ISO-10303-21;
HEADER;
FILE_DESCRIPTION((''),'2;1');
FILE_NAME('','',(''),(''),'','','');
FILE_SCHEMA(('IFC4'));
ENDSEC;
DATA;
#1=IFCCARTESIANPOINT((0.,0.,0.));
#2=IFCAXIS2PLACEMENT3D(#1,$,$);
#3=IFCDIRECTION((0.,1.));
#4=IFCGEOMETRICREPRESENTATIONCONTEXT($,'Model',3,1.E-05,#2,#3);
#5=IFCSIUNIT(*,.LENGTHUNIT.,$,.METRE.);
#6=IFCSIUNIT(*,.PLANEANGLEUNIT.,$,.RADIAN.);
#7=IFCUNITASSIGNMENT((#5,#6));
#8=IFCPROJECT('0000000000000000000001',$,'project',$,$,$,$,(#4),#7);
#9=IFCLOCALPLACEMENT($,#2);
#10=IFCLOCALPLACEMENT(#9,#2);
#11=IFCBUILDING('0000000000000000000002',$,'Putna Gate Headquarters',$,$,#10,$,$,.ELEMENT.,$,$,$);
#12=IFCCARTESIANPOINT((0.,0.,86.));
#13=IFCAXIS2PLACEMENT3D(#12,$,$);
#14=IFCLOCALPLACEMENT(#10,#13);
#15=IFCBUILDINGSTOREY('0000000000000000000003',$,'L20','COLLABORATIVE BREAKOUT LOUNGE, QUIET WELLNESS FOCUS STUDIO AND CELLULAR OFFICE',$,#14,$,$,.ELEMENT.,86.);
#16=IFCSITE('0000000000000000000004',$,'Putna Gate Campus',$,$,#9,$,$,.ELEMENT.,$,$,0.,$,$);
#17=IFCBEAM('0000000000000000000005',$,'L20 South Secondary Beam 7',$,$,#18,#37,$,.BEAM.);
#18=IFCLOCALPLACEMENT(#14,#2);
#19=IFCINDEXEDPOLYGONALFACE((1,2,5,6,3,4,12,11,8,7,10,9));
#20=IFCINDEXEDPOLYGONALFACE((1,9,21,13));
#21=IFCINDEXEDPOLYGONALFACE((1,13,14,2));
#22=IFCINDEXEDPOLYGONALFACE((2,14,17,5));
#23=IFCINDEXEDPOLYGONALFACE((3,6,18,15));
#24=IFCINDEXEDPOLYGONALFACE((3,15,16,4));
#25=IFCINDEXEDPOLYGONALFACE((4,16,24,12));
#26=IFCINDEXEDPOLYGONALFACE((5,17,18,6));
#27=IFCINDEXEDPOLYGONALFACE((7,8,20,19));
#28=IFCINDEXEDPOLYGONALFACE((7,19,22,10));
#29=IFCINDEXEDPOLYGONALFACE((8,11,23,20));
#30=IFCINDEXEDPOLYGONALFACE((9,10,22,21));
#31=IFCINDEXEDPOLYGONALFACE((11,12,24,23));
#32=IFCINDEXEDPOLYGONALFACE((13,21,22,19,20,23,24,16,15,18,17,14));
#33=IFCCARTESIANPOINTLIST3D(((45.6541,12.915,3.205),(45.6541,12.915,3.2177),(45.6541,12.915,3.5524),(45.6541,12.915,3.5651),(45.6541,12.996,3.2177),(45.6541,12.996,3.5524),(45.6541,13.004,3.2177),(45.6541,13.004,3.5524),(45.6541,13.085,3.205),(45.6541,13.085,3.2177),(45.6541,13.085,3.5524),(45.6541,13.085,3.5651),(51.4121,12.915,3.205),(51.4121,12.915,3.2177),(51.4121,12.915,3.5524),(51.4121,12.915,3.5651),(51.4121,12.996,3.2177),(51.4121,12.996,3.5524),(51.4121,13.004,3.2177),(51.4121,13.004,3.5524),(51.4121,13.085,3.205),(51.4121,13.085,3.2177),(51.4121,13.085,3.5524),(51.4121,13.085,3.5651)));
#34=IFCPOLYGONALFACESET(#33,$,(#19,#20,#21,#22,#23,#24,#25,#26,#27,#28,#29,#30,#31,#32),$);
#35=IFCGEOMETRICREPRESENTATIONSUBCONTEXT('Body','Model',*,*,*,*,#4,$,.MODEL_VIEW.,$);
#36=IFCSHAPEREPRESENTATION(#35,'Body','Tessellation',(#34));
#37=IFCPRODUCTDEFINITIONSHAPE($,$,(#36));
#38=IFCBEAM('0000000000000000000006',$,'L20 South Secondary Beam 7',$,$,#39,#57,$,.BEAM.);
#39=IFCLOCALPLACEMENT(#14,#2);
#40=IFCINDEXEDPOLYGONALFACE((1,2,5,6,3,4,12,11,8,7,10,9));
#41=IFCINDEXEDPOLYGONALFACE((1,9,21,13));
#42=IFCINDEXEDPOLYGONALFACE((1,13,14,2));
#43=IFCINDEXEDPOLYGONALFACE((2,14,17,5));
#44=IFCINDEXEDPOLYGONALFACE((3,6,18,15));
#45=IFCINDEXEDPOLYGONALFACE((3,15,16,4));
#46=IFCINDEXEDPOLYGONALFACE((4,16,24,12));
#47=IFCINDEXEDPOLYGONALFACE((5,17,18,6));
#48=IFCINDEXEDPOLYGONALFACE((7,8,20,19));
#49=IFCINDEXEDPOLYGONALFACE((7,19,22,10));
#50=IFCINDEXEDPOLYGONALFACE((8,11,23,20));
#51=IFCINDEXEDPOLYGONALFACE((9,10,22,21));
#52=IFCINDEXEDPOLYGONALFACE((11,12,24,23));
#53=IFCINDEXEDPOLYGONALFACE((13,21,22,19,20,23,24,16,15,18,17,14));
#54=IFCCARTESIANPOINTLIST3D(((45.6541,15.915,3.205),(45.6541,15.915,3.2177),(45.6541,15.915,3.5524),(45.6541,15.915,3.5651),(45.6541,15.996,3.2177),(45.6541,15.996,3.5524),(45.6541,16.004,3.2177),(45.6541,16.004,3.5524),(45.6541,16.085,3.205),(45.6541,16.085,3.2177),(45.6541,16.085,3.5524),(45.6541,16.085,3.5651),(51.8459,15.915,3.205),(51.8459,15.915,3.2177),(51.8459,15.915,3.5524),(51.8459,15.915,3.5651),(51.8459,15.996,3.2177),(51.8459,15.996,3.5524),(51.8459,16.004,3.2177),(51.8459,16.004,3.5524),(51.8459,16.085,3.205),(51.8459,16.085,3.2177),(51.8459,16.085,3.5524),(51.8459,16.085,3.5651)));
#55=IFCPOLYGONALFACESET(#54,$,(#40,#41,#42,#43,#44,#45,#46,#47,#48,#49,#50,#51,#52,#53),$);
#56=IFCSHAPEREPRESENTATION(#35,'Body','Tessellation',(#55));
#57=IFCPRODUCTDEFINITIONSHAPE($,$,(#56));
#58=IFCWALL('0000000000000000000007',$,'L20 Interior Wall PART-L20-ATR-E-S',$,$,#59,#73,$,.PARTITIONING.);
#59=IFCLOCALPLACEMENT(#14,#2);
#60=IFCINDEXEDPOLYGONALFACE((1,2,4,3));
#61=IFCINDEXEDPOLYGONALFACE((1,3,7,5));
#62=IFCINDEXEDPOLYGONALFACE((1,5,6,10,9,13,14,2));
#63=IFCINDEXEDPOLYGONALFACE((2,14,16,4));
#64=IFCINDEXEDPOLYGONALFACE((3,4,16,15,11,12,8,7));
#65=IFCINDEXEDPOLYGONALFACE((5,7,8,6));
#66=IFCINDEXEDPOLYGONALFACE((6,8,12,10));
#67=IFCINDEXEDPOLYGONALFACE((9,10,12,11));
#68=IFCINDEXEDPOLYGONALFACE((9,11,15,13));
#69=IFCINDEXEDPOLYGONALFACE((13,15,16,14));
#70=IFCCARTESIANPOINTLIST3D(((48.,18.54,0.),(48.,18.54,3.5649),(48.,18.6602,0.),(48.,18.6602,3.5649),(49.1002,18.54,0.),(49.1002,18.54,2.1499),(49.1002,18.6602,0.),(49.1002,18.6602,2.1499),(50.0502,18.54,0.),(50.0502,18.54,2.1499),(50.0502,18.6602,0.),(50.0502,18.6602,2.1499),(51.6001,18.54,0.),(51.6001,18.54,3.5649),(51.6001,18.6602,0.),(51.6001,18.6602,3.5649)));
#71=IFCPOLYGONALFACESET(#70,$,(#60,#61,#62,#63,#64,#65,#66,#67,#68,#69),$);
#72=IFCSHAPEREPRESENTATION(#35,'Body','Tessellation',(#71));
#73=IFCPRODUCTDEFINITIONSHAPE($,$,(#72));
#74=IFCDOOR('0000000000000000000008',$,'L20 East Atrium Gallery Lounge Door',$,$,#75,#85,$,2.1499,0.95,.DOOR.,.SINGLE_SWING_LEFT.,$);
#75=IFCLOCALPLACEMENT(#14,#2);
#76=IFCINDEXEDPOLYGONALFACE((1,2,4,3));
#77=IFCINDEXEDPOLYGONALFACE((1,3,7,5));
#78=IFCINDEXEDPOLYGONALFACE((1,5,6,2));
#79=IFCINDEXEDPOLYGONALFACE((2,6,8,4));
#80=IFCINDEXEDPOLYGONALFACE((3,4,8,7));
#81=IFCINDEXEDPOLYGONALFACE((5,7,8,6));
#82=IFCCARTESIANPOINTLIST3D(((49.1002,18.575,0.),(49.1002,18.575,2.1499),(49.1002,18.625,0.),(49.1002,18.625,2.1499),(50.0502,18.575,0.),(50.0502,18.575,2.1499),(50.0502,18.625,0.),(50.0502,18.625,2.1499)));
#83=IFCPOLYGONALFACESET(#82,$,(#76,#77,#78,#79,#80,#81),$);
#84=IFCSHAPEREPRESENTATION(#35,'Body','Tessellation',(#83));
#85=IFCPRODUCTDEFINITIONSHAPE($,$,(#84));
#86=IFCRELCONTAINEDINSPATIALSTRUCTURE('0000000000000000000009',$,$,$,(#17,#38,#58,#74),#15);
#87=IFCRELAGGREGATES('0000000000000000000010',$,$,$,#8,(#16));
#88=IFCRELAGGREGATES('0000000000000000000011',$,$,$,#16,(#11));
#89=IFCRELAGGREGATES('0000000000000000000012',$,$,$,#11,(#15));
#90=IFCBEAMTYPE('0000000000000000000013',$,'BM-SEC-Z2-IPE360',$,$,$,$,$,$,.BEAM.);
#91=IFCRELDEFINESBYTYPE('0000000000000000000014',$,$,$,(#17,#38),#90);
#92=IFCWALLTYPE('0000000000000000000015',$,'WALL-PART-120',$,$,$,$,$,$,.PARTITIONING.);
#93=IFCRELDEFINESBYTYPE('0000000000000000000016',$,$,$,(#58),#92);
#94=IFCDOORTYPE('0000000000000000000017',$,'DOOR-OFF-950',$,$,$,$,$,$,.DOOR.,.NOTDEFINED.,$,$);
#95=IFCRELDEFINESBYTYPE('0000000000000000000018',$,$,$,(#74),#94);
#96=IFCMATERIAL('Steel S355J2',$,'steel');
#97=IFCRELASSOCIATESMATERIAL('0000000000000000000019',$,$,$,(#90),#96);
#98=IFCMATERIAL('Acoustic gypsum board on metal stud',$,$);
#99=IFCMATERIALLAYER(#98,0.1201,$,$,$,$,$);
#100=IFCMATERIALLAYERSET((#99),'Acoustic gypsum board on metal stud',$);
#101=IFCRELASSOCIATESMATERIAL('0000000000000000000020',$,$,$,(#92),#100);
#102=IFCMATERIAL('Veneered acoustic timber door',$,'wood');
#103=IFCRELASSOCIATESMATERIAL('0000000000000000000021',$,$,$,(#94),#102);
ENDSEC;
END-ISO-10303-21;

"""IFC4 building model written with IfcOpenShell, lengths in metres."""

from ifc_helpers import new_model, si_unit, direction, frame, frame_2d, origin, origin_2d, place, context, subcontext, project, spatial, rectangle, i_section, extrude, material, layer, layer_set, material_profile, profile_set, type_object, element, fill, save


model = new_model("IFC4")

# Units and contexts
model_context = context("Model", 3, precision=1e-05, world=origin(), true_north=direction((0.0, 1.0)))
body_context = subcontext(model_context, "Body", "Model", "MODEL_VIEW")
ifc_project = project(units=[si_unit("LENGTHUNIT", "METRE"), si_unit("PLANEANGLEUNIT", "RADIAN")], contexts=[model_context])

# Site, building, storey
site_placement = place(None, origin())
site = spatial("IfcSite", under=ifc_project, at=site_placement, Name="Putna Gate Campus", CompositionType="ELEMENT", RefElevation=0.0)
building_placement = place(site_placement, origin())
building = spatial("IfcBuilding", under=site, at=building_placement, Name="Putna Gate Headquarters", CompositionType="ELEMENT")
storey_placement = place(building_placement, frame((0.0, 0.0, 86.0)))
storey = spatial("IfcBuildingStorey", under=building, at=storey_placement, Name="L20", Description="COLLABORATIVE BREAKOUT LOUNGE, QUIET WELLNESS FOCUS STUDIO AND CELLULAR OFFICE", CompositionType="ELEMENT", Elevation=86.0)

# Beams
ifc_material_1 = material(Name="Steel S355J2", Category="steel")
ifc_material_profile_1 = material_profile(ifc_material_1, i_section(OverallWidth=0.1699, OverallDepth=0.3601, WebThickness=0.0081, FlangeThickness=0.0127, at=origin_2d()), Name="Steel S355J2")
ifc_profile_set_1 = profile_set([ifc_material_profile_1], Name="Steel S355J2")
beam_type_1 = type_object("IfcBeamType", Name="BM-SEC-Z2-IPE360", PredefinedType="BEAM", material=ifc_profile_set_1)
beam_1_placement = place(storey_placement, frame((45.6541, 13.0, 3.385), z_axis=(1.0, 0.0, 0.0), x_axis=(0.0, 1.0, 0.0)))
element("IfcBeam", 1, at=beam_1_placement, inside=storey, type_object=beam_type_1, Name="L20 South Secondary Beam 7", PredefinedType="BEAM", context=body_context, shape_type="SweptSolid", body=[
    extrude(i_section(OverallWidth=0.1699, OverallDepth=0.3601, WebThickness=0.0081, FlangeThickness=0.0127, at=origin_2d()), origin(), (0.0, 0.0, 1.0), 5.7581),
])
beam_2_placement = place(storey_placement, frame((45.6541, 16.0, 3.385), z_axis=(1.0, 0.0, 0.0), x_axis=(0.0, 1.0, 0.0)))
element("IfcBeam", 2, at=beam_2_placement, inside=storey, type_object=beam_type_1, Name="L20 South Secondary Beam 7", PredefinedType="BEAM", context=body_context, shape_type="SweptSolid", body=[
    extrude(i_section(OverallWidth=0.1699, OverallDepth=0.3601, WebThickness=0.0081, FlangeThickness=0.0127, at=origin_2d()), origin(), (0.0, 0.0, 1.0), 6.1919),
])

# Wall, opening, door
ifc_material_2 = material(Name="Acoustic gypsum board on metal stud")
ifc_layer = layer(ifc_material_2, 0.1201)
ifc_layer_set = layer_set([ifc_layer], Name="Acoustic gypsum board on metal stud")
wall_type = type_object("IfcWallType", Name="WALL-PART-120", PredefinedType="PARTITIONING", material=ifc_layer_set)
wall_placement = place(storey_placement, frame((48.0, 18.6001, 0.0), z_axis=(0.0, 0.0, 1.0), x_axis=(1.0, 0.0, 0.0)))
wall = element("IfcWall", 3, at=wall_placement, inside=storey, type_object=wall_type, Name="L20 Interior Wall PART-L20-ATR-E-S", PredefinedType="PARTITIONING", context=body_context, shape_type="SweptSolid", body=[
    extrude(rectangle(XDim=3.6001, YDim=0.1201, at=frame_2d((1.8, 0.0))), origin(), (0.0, 0.0, 1.0), 3.5649),
])
opening_placement = place(wall_placement, frame((1.1001, 0.0, 0.0)))
opening = element("IfcOpeningElement", 4, at=opening_placement, cuts=wall, PredefinedType="OPENING", context=body_context, shape_type="SweptSolid", body=[
    extrude(rectangle(XDim=0.95, YDim=2.1499, at=frame_2d((0.4751, 1.075))), frame((0.0, 0.0701, 0.0), z_axis=(0.0, -1.0, 0.0), x_axis=(1.0, 0.0, 0.0)), (0.0, 0.0, 1.0), 0.1401),
])
ifc_material_3 = material(Name="Veneered acoustic timber door", Category="wood")
door_type = type_object("IfcDoorType", Name="DOOR-OFF-950", OperationType="NOTDEFINED", PredefinedType="DOOR", material=ifc_material_3)
door_placement = place(opening_placement, origin())
door = element("IfcDoor", 5, at=door_placement, inside=storey, type_object=door_type, Name="L20 East Atrium Gallery Lounge Door", OperationType="SINGLE_SWING_LEFT", OverallHeight=2.1499, OverallWidth=0.95, PredefinedType="DOOR", context=body_context, shape_type="SweptSolid", body=[
    extrude(rectangle(XDim=0.95, YDim=2.1499, at=frame_2d((0.4751, 1.075))), frame((0.0, 0.0249, 0.0), z_axis=(0.0, -1.0, 0.0), x_axis=(1.0, 0.0, 0.0)), (0.0, 0.0, 1.0), 0.05),
])
fill(opening, door)

save(model, "model.ifc")
